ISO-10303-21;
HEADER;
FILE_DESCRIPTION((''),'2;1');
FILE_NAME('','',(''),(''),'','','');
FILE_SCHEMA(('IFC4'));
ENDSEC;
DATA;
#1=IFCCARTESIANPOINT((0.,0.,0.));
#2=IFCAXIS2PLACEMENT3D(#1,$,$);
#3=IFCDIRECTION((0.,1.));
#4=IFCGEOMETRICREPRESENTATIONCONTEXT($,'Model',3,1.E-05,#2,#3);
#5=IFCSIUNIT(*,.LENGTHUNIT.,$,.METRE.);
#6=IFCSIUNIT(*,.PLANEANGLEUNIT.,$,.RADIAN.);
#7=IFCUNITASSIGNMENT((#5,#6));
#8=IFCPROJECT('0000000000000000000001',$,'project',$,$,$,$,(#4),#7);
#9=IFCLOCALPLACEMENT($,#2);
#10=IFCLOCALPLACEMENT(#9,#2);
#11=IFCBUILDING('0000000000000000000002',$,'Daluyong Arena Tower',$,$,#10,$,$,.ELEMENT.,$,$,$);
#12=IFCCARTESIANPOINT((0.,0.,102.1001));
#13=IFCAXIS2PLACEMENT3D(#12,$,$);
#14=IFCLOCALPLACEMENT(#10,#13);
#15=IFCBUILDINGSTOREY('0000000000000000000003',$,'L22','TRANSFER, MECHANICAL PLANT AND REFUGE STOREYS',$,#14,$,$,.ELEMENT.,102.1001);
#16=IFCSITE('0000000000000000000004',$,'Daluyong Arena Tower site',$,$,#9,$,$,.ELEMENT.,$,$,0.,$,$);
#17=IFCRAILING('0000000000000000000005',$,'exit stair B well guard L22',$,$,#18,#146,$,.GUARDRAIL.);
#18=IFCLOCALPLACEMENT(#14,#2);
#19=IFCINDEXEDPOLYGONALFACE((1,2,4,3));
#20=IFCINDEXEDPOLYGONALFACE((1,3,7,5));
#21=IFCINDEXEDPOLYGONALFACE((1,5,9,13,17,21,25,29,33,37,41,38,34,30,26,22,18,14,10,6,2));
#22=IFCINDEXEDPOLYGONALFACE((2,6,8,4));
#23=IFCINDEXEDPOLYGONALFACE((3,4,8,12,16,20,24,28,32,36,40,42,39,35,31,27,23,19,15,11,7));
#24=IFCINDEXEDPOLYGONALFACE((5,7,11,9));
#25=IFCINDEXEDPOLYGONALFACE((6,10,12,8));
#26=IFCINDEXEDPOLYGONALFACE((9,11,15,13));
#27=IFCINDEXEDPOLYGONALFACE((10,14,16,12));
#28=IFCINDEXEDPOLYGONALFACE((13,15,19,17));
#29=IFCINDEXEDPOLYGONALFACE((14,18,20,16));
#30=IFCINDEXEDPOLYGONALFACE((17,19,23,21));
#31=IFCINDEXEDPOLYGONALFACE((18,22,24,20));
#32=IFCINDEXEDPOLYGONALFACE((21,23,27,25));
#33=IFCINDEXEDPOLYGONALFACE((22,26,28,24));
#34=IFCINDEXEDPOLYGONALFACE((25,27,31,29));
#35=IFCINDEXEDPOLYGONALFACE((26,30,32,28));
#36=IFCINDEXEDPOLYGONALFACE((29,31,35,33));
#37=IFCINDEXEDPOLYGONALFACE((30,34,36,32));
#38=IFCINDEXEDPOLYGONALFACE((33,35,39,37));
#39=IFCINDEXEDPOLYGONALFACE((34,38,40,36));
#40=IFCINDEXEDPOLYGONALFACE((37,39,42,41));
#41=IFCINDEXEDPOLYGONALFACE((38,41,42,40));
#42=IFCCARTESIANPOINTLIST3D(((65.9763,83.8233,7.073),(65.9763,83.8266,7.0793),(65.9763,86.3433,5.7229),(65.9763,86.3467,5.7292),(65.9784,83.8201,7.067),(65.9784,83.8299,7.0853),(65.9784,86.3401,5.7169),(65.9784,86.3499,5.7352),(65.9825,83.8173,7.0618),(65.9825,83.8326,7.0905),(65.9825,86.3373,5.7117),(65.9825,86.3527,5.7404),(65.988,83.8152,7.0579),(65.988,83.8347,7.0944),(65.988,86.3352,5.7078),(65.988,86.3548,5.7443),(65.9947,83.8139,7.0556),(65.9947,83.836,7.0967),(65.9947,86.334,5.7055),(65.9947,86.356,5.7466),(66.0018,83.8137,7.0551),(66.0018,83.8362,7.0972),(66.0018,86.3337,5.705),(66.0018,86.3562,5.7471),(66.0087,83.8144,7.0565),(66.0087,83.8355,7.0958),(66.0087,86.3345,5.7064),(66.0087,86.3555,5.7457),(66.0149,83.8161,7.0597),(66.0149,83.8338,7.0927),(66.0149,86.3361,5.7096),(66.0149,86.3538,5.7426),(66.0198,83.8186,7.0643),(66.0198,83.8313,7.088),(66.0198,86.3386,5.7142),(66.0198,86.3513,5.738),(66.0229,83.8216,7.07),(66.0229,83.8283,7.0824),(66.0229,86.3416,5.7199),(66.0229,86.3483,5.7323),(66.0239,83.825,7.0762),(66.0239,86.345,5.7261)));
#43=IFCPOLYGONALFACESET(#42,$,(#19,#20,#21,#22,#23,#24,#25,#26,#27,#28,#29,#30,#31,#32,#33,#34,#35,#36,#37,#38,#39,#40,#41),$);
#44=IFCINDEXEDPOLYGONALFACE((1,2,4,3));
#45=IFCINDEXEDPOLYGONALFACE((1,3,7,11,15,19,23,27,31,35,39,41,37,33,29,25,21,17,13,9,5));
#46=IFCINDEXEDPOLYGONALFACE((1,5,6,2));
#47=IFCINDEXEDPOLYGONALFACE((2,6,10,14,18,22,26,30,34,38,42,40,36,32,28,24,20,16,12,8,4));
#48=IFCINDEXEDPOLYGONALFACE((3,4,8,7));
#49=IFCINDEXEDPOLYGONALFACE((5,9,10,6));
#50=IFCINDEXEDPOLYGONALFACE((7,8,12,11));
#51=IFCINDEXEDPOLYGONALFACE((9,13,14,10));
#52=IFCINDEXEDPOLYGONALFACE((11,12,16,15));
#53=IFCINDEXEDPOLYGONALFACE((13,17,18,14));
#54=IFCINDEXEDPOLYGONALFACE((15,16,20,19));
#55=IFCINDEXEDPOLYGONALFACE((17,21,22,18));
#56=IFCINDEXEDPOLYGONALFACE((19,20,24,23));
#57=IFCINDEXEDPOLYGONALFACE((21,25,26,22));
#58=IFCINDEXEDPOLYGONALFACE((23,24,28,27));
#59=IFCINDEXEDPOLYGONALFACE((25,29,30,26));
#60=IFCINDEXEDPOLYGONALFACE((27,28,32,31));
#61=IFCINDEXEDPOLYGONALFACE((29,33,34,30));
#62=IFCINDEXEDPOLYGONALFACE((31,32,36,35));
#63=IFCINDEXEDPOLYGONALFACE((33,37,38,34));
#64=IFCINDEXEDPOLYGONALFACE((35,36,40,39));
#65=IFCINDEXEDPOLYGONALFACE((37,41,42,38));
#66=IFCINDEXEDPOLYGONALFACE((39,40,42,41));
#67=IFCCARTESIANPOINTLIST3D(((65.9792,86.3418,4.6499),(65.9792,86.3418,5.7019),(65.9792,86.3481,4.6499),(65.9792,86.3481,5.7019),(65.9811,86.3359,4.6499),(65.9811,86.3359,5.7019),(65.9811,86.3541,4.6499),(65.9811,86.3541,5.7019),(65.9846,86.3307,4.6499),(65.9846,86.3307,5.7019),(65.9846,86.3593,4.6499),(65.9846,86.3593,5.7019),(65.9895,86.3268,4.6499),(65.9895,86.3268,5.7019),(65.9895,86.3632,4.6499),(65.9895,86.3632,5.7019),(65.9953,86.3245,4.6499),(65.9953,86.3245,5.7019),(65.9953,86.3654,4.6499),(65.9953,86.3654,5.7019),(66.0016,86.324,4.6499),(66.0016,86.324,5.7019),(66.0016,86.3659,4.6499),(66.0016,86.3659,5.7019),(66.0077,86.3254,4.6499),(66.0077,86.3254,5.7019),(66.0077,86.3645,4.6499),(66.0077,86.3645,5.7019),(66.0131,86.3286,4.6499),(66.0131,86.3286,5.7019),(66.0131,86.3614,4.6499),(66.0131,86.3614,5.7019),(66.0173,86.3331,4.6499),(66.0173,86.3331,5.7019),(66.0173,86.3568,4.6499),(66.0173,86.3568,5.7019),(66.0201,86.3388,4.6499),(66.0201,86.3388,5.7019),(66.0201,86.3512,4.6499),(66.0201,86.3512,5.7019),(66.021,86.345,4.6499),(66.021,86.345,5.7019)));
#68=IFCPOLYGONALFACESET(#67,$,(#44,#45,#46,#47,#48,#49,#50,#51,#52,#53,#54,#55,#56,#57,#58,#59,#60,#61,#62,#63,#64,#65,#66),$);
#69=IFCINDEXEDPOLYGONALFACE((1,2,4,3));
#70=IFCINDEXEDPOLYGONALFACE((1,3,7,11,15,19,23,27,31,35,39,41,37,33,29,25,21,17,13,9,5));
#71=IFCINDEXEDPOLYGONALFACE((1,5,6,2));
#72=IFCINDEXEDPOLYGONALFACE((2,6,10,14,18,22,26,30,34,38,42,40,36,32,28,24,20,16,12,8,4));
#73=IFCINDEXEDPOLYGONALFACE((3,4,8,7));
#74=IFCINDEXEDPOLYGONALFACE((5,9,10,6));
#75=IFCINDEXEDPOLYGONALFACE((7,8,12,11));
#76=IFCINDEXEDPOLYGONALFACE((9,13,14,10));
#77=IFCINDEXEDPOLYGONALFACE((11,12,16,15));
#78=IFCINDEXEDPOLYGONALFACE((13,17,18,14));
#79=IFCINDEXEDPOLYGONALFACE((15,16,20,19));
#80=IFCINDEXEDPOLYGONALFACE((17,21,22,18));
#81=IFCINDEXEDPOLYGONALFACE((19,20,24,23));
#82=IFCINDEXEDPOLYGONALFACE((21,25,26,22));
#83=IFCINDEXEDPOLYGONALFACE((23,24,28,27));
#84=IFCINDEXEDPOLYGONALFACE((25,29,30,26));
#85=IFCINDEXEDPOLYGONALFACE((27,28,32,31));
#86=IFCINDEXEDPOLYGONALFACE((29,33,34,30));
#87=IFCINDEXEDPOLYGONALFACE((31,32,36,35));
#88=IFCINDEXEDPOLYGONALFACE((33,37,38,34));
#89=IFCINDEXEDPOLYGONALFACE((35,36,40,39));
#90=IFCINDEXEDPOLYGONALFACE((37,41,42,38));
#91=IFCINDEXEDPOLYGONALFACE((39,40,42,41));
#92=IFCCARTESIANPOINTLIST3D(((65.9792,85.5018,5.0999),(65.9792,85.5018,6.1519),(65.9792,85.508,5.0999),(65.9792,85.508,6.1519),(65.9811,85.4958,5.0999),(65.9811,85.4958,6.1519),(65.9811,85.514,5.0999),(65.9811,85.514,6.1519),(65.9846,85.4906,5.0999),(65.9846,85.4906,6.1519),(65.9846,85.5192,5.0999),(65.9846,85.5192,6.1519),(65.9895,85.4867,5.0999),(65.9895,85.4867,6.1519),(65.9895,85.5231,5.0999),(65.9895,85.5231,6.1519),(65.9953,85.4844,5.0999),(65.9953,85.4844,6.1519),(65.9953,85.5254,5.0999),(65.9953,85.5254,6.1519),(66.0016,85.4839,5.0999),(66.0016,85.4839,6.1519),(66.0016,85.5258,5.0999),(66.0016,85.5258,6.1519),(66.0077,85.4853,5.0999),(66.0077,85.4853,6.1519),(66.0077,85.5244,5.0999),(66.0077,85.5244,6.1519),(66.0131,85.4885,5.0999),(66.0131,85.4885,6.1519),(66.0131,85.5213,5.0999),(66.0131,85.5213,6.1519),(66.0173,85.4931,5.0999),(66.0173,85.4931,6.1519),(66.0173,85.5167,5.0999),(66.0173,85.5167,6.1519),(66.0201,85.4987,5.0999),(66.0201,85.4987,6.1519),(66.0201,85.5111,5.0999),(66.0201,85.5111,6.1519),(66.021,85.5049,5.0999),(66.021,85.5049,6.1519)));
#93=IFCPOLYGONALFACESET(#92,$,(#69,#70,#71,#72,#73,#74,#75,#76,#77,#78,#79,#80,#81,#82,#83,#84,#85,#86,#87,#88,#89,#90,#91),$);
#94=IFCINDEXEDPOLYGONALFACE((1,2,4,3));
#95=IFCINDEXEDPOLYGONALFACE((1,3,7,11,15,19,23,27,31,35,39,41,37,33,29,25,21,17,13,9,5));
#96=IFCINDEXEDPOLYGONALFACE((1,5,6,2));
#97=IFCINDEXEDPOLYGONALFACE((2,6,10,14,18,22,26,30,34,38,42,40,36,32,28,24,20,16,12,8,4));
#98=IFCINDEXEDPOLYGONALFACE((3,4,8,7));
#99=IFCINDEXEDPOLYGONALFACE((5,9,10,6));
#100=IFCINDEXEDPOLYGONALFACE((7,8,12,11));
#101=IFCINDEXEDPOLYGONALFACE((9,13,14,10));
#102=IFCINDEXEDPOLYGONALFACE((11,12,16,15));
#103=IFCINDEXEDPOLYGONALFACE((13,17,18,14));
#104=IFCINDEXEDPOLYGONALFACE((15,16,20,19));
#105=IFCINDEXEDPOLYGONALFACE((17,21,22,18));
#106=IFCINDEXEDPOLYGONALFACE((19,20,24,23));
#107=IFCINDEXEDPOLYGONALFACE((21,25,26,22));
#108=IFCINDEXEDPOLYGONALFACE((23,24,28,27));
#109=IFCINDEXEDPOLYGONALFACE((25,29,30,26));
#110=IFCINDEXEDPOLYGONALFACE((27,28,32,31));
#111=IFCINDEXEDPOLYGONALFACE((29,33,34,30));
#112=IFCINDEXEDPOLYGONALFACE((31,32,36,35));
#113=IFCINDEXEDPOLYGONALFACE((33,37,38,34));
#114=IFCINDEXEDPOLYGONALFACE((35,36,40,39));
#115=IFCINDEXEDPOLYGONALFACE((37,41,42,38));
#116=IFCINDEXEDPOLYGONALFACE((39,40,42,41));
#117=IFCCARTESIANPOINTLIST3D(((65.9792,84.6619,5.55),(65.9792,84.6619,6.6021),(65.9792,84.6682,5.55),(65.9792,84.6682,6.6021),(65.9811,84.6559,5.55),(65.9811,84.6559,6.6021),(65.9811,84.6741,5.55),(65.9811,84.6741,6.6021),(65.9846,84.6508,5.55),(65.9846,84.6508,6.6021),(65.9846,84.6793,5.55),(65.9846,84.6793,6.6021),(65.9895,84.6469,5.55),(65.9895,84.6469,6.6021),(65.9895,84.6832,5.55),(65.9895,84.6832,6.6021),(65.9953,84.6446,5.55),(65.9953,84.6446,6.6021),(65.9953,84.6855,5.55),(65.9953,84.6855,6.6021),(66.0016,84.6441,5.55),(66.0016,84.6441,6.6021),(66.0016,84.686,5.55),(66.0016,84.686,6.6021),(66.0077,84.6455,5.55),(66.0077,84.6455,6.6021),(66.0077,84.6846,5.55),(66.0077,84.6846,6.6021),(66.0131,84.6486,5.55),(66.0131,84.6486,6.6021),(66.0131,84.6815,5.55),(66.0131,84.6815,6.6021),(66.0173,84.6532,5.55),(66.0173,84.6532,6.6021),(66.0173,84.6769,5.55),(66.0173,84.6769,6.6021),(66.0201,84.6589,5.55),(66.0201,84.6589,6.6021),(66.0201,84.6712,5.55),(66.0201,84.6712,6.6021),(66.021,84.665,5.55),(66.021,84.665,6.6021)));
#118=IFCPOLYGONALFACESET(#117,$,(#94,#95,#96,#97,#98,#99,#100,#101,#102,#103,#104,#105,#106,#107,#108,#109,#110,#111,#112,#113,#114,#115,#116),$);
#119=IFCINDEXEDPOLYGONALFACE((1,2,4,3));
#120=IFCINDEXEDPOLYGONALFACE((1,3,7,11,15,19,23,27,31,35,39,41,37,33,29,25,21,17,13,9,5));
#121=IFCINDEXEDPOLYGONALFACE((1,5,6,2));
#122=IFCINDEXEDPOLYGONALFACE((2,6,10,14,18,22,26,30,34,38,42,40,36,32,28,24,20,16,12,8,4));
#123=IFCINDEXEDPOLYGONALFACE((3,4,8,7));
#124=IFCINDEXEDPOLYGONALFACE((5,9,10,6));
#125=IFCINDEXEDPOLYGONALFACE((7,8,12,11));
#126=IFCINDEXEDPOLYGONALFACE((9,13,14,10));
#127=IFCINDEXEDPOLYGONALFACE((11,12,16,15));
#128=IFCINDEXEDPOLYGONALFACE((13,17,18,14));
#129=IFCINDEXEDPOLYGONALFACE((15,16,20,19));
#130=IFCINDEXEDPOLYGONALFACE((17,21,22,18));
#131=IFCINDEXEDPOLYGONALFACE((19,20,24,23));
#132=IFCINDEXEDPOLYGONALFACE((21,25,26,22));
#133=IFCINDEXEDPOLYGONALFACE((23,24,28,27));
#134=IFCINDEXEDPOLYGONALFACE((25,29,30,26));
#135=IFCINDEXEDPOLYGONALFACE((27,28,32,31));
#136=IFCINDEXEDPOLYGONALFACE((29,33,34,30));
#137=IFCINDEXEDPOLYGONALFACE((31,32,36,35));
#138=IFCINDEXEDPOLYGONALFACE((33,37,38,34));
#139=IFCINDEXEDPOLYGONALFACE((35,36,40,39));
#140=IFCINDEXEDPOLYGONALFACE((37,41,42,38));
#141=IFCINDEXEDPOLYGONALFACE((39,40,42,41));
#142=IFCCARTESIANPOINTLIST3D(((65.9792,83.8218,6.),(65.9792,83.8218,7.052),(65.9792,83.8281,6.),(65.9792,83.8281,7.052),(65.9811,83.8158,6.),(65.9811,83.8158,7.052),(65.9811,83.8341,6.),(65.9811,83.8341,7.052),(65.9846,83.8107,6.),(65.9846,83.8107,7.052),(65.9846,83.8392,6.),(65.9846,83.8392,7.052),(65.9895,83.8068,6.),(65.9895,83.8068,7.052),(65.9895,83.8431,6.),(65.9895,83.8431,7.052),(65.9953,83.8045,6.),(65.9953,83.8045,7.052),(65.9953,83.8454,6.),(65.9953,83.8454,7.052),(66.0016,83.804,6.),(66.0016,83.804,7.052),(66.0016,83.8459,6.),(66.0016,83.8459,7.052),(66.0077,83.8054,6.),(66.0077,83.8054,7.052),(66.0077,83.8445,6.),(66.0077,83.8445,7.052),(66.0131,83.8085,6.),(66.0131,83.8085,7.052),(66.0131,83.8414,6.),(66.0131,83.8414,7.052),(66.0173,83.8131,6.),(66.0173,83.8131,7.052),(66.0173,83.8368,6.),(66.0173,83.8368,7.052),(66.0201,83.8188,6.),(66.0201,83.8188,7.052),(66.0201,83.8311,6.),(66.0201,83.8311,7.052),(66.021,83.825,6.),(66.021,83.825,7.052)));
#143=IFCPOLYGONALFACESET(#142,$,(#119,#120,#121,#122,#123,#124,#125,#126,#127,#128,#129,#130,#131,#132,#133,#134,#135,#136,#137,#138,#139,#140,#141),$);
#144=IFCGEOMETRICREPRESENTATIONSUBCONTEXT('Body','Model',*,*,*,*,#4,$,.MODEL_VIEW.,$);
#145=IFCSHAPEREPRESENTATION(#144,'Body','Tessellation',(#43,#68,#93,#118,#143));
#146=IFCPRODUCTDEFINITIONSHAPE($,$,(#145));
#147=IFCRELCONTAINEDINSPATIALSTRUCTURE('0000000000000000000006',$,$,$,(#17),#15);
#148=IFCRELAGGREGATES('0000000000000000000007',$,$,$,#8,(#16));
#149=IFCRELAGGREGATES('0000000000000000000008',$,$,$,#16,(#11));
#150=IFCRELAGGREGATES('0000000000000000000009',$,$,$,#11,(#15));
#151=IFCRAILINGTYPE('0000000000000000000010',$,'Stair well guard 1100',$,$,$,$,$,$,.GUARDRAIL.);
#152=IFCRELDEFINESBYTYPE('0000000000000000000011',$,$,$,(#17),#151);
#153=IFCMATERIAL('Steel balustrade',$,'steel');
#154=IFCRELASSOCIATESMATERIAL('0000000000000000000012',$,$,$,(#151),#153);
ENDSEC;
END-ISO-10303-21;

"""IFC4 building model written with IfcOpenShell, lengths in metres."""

from ifc_helpers import new_model, si_unit, direction, frame, origin, origin_2d, place, context, subcontext, project, spatial, circle, extrude, material, type_object, element, save


model = new_model("IFC4")

# Units and contexts
model_context = context("Model", 3, precision=1e-05, world=origin(), true_north=direction((0.0, 1.0)))
body_context = subcontext(model_context, "Body", "Model", "MODEL_VIEW")
ifc_project = project(units=[si_unit("LENGTHUNIT", "METRE"), si_unit("PLANEANGLEUNIT", "RADIAN")], contexts=[model_context])

# Site, building, storey
site_placement = place(None, origin())
site = spatial("IfcSite", under=ifc_project, at=site_placement, Name="Daluyong Arena Tower site", CompositionType="ELEMENT", RefElevation=0.0)
building_placement = place(site_placement, origin())
building = spatial("IfcBuilding", under=site, at=building_placement, Name="Daluyong Arena Tower", CompositionType="ELEMENT")
storey_placement = place(building_placement, frame((0.0, 0.0, 102.1001)))
storey = spatial("IfcBuildingStorey", under=building, at=storey_placement, Name="L22", Description="TRANSFER, MECHANICAL PLANT AND REFUGE STOREYS", CompositionType="ELEMENT", Elevation=102.1001)

# Railing
ifc_material_1 = material(Name="Steel balustrade", Category="steel")
railing_type_1 = type_object("IfcRailingType", Name="Stair well guard 1100", PredefinedType="GUARDRAIL", material=ifc_material_1)
for number, where, name in (
    (1, (66.0, 86.345, 4.6499), "exit stair B well guard L22"),
):
    element("IfcRailing", number, at=place(storey_placement, frame(where)), inside=storey, type_object=railing_type_1, Name=name, PredefinedType="GUARDRAIL", context=body_context, shape_type="SweptSolid", body=[
        extrude(circle(Radius=0.0239, at=origin_2d()), frame((0.0, 0.0, 1.0762), z_axis=(0.0, -0.881467, 0.472245), x_axis=(1.0, 0.0, 0.0)), (0.0, 0.0, 1.0), 2.8589),
        extrude(circle(Radius=0.021, at=origin_2d()), origin(), (0.0, 0.0, 1.0), 1.052),
        extrude(circle(Radius=0.021, at=origin_2d()), frame((0.0, -0.8401, 0.45)), (0.0, 0.0, 1.0), 1.052),
        extrude(circle(Radius=0.021, at=origin_2d()), frame((0.0, -1.6799, 0.9001)), (0.0, 0.0, 1.0), 1.052),
        extrude(circle(Radius=0.021, at=origin_2d()), frame((0.0, -2.52, 1.3501)), (0.0, 0.0, 1.0), 1.052),
    ])

save(model, "model.ifc")
